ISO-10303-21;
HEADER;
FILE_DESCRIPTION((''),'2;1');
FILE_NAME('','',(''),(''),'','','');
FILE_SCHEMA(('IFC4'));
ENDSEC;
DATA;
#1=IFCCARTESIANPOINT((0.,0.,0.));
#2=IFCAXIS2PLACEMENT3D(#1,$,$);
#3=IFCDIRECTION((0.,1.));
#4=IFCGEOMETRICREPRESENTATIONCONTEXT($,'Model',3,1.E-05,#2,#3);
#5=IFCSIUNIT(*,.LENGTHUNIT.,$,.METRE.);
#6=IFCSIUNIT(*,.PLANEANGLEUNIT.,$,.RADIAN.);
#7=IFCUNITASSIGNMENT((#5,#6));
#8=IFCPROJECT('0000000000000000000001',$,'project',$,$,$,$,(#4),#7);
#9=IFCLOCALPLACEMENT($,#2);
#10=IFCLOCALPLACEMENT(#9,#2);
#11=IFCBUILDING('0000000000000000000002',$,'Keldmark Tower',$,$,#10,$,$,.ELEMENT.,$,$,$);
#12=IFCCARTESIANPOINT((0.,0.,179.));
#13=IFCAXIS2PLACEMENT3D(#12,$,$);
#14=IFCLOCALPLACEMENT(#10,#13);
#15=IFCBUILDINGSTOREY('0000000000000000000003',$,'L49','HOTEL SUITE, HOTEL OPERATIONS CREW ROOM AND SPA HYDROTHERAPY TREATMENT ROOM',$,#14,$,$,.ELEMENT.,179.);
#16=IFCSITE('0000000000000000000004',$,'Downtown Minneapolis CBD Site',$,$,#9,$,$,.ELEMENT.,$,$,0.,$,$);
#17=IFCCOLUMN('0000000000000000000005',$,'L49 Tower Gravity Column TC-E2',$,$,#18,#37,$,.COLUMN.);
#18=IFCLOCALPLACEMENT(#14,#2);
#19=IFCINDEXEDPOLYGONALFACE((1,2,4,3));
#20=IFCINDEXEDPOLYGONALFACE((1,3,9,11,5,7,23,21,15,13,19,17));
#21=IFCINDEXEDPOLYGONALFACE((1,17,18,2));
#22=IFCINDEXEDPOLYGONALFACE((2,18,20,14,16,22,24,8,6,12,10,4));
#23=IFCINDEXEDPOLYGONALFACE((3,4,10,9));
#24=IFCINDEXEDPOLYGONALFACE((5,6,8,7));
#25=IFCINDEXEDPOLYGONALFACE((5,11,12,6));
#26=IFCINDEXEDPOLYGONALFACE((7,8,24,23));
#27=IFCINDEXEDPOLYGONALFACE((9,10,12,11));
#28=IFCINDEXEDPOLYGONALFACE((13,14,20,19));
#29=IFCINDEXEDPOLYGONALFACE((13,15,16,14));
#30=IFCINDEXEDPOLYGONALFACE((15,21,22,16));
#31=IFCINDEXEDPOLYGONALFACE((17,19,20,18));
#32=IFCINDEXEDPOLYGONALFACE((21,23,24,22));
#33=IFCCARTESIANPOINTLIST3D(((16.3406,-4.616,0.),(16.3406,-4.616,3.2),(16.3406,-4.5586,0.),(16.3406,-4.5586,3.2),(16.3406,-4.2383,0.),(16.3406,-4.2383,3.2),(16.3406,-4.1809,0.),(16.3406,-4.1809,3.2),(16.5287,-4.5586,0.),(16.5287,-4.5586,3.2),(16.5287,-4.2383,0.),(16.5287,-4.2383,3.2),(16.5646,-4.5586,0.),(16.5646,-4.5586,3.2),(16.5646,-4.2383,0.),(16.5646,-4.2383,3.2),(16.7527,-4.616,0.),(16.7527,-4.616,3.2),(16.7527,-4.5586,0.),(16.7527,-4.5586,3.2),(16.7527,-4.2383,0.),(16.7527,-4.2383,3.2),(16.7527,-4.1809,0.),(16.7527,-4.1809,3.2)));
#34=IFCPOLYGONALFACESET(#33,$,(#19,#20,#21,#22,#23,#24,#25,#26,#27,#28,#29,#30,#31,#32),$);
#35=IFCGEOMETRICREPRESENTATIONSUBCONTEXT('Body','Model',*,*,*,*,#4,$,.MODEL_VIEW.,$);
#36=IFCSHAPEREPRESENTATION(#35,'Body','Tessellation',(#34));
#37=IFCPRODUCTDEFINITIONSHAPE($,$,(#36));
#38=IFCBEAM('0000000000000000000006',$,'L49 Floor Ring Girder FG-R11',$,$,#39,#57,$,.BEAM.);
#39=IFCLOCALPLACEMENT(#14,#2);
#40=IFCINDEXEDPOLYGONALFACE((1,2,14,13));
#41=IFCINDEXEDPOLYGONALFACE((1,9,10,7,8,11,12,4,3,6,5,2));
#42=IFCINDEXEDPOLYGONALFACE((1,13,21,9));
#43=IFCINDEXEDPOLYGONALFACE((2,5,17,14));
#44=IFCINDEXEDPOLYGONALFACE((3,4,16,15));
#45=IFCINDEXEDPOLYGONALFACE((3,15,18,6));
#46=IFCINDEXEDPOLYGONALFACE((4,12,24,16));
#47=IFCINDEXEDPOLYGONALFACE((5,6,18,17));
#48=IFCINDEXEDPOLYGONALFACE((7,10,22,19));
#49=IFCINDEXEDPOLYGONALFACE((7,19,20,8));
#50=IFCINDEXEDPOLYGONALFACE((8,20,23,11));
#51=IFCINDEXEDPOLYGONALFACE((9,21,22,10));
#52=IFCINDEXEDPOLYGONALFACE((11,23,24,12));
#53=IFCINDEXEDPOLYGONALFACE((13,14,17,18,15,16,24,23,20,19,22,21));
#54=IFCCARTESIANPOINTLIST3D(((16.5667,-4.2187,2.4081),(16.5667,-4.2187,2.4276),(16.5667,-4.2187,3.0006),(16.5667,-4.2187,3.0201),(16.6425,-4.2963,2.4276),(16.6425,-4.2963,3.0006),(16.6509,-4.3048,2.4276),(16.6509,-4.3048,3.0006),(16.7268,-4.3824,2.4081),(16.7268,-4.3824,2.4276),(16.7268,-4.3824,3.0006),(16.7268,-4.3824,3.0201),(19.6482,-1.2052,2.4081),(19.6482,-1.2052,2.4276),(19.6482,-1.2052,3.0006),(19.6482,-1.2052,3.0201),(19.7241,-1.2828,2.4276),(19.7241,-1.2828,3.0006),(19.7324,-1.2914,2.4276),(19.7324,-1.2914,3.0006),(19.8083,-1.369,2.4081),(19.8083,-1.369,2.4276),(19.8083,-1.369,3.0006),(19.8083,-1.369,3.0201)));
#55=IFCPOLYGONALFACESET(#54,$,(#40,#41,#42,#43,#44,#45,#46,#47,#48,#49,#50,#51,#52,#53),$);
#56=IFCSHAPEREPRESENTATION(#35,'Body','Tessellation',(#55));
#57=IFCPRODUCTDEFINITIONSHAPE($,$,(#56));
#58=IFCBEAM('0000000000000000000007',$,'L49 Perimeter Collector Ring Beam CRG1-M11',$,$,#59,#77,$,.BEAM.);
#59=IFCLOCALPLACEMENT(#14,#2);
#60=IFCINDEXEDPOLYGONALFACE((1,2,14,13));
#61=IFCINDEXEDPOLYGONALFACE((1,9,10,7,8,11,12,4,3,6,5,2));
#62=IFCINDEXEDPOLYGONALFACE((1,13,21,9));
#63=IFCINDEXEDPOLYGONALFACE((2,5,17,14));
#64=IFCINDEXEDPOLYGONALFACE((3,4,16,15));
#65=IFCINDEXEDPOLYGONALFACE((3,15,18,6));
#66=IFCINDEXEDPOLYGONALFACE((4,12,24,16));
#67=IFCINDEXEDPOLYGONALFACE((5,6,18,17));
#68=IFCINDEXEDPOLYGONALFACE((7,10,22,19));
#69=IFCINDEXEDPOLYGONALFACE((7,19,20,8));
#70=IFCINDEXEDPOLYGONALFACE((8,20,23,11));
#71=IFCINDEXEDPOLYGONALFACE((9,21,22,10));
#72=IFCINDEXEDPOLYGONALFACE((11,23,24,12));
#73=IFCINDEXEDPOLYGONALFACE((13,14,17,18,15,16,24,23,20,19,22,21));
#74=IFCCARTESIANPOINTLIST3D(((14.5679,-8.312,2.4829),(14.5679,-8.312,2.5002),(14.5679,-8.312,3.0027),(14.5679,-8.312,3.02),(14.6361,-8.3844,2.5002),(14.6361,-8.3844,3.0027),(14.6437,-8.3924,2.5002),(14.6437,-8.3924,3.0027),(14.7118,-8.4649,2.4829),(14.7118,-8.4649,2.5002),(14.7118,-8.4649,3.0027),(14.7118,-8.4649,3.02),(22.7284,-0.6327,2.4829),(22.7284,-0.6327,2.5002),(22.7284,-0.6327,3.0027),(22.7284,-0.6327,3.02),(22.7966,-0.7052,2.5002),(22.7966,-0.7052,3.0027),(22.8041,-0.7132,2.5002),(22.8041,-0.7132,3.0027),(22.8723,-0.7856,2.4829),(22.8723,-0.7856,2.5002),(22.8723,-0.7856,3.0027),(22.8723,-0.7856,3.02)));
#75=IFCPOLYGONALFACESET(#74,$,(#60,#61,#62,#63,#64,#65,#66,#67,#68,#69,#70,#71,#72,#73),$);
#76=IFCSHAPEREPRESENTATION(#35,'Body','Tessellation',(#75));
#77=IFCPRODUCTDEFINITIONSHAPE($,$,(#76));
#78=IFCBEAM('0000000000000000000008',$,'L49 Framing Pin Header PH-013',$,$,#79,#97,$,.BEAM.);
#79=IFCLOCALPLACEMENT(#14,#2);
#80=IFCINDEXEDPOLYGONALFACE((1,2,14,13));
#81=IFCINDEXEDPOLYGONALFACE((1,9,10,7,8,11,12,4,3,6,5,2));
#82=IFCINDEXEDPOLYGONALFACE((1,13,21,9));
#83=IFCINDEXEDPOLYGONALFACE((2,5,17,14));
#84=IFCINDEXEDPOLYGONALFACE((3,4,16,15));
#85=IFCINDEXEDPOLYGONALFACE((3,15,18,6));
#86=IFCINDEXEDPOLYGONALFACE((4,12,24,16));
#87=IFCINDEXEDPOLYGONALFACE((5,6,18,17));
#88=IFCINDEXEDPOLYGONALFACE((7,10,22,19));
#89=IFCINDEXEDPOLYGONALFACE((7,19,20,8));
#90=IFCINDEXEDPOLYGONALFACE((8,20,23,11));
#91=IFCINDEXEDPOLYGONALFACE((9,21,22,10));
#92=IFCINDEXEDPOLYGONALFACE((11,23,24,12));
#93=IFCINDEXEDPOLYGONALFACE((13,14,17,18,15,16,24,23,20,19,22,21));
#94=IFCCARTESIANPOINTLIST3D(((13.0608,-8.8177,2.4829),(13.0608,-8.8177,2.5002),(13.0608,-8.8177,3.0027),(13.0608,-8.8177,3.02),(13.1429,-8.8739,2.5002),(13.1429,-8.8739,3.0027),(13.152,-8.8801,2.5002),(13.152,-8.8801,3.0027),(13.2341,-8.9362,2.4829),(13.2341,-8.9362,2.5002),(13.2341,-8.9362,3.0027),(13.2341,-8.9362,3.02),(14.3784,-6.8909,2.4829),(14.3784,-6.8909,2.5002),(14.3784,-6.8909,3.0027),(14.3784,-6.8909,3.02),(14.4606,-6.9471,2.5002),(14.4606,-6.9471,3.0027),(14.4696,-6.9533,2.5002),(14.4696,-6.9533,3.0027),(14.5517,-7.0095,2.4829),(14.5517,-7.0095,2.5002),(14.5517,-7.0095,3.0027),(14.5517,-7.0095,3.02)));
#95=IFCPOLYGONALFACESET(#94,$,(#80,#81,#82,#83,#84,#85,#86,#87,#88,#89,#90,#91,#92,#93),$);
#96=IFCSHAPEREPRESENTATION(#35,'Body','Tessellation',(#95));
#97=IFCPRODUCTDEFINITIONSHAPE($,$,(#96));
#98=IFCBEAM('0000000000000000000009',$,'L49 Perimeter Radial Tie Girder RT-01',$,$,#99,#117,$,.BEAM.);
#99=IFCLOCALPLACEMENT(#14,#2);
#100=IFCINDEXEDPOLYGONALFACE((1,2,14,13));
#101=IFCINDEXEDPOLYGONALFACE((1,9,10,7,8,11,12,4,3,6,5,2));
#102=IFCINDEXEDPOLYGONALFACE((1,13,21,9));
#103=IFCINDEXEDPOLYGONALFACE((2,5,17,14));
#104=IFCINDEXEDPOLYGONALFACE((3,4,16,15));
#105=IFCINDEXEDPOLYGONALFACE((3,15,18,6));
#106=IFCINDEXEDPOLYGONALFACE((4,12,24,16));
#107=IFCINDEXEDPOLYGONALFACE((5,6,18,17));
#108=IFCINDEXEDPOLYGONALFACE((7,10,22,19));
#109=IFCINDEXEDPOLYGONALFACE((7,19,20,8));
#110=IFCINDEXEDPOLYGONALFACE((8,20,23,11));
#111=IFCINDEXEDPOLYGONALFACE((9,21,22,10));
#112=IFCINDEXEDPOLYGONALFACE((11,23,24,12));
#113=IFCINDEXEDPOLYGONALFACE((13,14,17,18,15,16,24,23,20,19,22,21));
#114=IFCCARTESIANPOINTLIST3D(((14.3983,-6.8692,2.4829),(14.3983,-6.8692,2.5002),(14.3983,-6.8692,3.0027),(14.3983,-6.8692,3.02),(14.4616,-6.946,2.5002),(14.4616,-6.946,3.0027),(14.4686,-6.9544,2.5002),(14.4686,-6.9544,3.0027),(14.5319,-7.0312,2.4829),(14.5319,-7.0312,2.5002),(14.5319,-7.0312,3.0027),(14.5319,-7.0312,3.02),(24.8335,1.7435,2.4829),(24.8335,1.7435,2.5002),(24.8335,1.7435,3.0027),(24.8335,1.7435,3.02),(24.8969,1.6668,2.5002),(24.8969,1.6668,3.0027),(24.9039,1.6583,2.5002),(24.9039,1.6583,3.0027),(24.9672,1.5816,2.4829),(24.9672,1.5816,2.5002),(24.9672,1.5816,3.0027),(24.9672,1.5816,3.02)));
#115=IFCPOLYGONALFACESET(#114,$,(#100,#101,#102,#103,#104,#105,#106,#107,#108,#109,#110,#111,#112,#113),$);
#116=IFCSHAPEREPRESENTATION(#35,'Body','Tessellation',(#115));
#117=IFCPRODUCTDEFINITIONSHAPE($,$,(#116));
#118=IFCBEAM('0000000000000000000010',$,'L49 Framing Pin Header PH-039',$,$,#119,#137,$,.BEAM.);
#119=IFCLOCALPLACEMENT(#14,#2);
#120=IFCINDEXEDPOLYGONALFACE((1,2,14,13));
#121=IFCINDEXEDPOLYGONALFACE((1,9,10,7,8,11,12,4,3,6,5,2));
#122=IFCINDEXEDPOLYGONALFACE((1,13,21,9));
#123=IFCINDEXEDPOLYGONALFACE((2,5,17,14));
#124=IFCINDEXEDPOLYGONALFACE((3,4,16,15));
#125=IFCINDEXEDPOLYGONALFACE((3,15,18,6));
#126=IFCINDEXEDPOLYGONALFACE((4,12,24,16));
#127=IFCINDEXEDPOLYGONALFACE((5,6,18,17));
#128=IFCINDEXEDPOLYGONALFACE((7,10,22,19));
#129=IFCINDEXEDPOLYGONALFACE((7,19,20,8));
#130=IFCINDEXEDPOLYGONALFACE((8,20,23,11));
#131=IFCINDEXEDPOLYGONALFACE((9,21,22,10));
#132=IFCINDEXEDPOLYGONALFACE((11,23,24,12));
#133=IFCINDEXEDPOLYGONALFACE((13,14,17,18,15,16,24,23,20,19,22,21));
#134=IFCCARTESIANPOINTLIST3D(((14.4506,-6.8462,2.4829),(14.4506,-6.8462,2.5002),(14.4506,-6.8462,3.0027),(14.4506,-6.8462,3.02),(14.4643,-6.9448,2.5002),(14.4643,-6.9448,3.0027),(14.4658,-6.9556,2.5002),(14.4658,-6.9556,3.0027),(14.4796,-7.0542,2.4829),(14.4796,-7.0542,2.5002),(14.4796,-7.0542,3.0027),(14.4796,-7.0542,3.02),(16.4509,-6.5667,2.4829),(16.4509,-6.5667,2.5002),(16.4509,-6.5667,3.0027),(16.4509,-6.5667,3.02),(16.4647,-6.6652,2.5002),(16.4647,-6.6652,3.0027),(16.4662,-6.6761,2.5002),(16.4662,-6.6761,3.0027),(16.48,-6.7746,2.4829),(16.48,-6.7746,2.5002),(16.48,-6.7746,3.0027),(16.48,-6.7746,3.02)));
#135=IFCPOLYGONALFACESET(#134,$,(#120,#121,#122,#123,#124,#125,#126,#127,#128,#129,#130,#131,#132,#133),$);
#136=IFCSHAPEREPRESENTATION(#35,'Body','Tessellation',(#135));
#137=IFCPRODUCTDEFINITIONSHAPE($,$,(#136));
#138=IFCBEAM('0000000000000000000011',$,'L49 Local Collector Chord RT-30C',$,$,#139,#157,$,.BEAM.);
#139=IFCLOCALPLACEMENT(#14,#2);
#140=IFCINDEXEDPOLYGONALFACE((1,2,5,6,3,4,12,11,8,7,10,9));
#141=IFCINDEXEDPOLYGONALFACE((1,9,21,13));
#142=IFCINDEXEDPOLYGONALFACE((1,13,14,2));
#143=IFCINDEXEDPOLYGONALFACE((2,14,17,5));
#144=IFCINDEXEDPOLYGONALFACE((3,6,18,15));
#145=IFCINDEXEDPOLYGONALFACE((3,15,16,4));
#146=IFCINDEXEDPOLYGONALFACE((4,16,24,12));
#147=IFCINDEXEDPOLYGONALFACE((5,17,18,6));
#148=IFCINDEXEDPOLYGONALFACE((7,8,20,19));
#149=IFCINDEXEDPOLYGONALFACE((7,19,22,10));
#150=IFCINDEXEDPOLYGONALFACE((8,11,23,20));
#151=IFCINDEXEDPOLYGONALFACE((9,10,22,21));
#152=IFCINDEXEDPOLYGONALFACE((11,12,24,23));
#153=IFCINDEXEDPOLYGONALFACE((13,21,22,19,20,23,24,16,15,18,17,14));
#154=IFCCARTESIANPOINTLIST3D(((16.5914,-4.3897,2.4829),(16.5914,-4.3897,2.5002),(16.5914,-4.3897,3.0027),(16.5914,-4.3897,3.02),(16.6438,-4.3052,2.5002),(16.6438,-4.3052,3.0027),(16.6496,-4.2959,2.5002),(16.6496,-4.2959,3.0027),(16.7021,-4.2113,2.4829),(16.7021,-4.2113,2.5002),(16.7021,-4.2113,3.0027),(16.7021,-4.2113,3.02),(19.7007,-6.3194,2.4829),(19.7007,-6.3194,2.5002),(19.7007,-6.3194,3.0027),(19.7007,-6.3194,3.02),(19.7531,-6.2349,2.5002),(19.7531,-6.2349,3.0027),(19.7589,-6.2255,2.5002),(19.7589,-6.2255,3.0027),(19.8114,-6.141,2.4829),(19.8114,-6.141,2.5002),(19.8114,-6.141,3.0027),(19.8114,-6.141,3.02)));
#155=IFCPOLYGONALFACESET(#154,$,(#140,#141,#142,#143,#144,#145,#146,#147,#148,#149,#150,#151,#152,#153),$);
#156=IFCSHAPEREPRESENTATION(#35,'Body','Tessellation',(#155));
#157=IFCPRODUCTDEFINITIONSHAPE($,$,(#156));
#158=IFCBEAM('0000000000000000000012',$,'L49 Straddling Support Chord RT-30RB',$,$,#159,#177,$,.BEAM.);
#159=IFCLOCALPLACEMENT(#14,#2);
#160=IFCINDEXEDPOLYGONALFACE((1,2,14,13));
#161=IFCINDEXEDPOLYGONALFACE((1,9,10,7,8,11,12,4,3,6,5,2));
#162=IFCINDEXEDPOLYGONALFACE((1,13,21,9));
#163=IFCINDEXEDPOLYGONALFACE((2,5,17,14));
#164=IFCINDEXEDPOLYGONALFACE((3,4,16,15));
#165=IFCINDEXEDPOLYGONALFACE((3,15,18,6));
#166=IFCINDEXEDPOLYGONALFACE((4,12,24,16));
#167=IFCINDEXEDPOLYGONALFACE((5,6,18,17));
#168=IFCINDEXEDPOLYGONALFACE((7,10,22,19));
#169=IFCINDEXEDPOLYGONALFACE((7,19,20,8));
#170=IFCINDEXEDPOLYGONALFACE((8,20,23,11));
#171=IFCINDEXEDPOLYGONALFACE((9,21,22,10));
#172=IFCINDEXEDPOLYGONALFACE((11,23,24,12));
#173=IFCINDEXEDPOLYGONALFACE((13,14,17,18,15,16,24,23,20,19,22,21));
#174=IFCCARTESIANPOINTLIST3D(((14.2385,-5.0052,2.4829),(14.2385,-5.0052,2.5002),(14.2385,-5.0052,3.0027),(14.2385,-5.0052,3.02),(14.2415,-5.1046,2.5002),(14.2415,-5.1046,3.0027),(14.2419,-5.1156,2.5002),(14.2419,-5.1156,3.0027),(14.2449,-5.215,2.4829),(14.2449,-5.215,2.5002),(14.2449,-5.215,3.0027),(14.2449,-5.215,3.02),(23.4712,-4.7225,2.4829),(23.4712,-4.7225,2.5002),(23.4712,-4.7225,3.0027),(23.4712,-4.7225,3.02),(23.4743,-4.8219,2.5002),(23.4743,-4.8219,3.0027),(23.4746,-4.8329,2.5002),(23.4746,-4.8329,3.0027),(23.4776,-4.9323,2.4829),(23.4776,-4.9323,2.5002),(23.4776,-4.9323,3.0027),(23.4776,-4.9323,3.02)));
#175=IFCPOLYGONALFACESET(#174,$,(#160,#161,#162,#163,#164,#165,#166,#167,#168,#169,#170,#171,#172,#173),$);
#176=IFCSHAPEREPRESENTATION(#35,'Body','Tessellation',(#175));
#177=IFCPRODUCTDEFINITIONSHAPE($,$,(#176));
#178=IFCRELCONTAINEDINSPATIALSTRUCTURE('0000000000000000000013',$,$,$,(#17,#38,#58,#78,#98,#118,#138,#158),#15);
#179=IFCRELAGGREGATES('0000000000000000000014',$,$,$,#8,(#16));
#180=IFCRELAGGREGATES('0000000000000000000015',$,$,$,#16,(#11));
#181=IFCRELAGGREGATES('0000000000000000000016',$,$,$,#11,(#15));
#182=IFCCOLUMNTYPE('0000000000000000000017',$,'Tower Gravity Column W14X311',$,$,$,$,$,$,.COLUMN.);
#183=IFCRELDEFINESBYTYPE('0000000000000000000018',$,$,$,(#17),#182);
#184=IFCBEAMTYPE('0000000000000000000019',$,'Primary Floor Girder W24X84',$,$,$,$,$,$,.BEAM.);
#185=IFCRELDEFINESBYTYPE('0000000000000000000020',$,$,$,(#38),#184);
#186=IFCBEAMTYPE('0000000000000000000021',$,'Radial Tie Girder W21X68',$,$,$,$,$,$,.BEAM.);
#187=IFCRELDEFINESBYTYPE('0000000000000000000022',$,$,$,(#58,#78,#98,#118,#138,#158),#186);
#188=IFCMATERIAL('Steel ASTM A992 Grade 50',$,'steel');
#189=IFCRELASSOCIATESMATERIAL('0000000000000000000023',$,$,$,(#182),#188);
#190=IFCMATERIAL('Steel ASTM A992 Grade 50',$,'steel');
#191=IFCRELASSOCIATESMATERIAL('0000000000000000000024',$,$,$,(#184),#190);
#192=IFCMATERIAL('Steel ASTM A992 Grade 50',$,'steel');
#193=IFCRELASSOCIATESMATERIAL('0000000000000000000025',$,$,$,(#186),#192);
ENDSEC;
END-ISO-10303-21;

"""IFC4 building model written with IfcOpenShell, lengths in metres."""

from ifc_helpers import new_model, si_unit, direction, frame, origin, origin_2d, place, context, subcontext, project, spatial, i_section, extrude, material, material_profile, profile_set, type_object, element, save


model = new_model("IFC4")

# Units and contexts
model_context = context("Model", 3, precision=1e-05, world=origin(), true_north=direction((0.0, 1.0)))
body_context = subcontext(model_context, "Body", "Model", "MODEL_VIEW")
ifc_project = project(units=[si_unit("LENGTHUNIT", "METRE"), si_unit("PLANEANGLEUNIT", "RADIAN")], contexts=[model_context])

# Site, building, storey
site_placement = place(None, origin())
site = spatial("IfcSite", under=ifc_project, at=site_placement, Name="Downtown Minneapolis CBD Site", CompositionType="ELEMENT", RefElevation=0.0)
building_placement = place(site_placement, origin())
building = spatial("IfcBuilding", under=site, at=building_placement, Name="Keldmark Tower", CompositionType="ELEMENT")
storey_placement = place(building_placement, frame((0.0, 0.0, 179.0)))
storey = spatial("IfcBuildingStorey", under=building, at=storey_placement, Name="L49", Description="HOTEL SUITE, HOTEL OPERATIONS CREW ROOM AND SPA HYDROTHERAPY TREATMENT ROOM", CompositionType="ELEMENT", Elevation=179.0)

# Column
ifc_material_1 = material(Name="Steel ASTM A992 Grade 50", Category="steel")
ifc_material_profile_1 = material_profile(ifc_material_1, i_section(OverallWidth=0.4121, OverallDepth=0.4351, WebThickness=0.0359, FlangeThickness=0.0574, at=origin_2d()), Name="W14X311")
ifc_profile_set_1 = profile_set([ifc_material_profile_1], Name="Steel ASTM A992 Grade 50")
column_type = type_object("IfcColumnType", Name="Tower Gravity Column W14X311", PredefinedType="COLUMN", material=ifc_profile_set_1)
column_placement = place(storey_placement, frame((16.5466, -4.3984, 0.0), z_axis=(0.0, 0.0, 1.0), x_axis=(1.0, 0.0, 0.0)))
element("IfcColumn", 1, at=column_placement, inside=storey, type_object=column_type, Name="L49 Tower Gravity Column TC-E2", PredefinedType="COLUMN", context=body_context, shape_type="SweptSolid", body=[
    extrude(i_section(OverallWidth=0.4121, OverallDepth=0.4351, WebThickness=0.0359, FlangeThickness=0.0574, at=origin_2d()), origin(), (0.0, 0.0, 1.0), 3.2),
])

# Beams
ifc_material_2 = material(Name="Steel ASTM A992 Grade 50", Category="steel")
ifc_material_profile_2 = material_profile(ifc_material_2, i_section(OverallWidth=0.229, OverallDepth=0.6121, WebThickness=0.012, FlangeThickness=0.0195, at=origin_2d()), Name="W24X84")
ifc_profile_set_2 = profile_set([ifc_material_profile_2], Name="Steel ASTM A992 Grade 50")
beam_type_1 = type_object("IfcBeamType", Name="Primary Floor Girder W24X84", PredefinedType="BEAM", material=ifc_profile_set_2)
beam_1_placement = place(storey_placement, frame((16.6467, -4.3005, 2.7141), z_axis=(0.714965, 0.699161, 0.0), x_axis=(-0.699161, 0.714965, 0.0)))
element("IfcBeam", 2, at=beam_1_placement, inside=storey, type_object=beam_type_1, Name="L49 Floor Ring Girder FG-R11", PredefinedType="BEAM", context=body_context, shape_type="SweptSolid", body=[
    extrude(i_section(OverallWidth=0.229, OverallDepth=0.6121, WebThickness=0.012, FlangeThickness=0.0195, at=origin_2d()), origin(), (0.0, 0.0, 1.0), 4.3101),
])
ifc_material_3 = material(Name="Steel ASTM A992 Grade 50", Category="steel")
ifc_material_profile_3 = material_profile(ifc_material_3, i_section(OverallWidth=0.21, OverallDepth=0.5371, WebThickness=0.011, FlangeThickness=0.0173, at=origin_2d()), Name="W21X68")
ifc_profile_set_3 = profile_set([ifc_material_profile_3], Name="Steel ASTM A992 Grade 50")
beam_type_2 = type_object("IfcBeamType", Name="Radial Tie Girder W21X68", PredefinedType="BEAM", material=ifc_profile_set_3)
beam_2_placement = place(storey_placement, frame((14.6399, -8.3884, 2.7515), z_axis=(0.728252, 0.685309, 0.0), x_axis=(-0.685309, 0.728252, 0.0)))
element("IfcBeam", 3, at=beam_2_placement, inside=storey, type_object=beam_type_2, Name="L49 Perimeter Collector Ring Beam CRG1-M11", PredefinedType="BEAM", context=body_context, shape_type="SweptSolid", body=[
    extrude(i_section(OverallWidth=0.21, OverallDepth=0.5371, WebThickness=0.011, FlangeThickness=0.0173, at=origin_2d()), origin(), (0.0, 0.0, 1.0), 11.2056),
])
beam_3_placement = place(storey_placement, frame((14.4651, -6.9502, 2.7515), z_axis=(-0.564485, -0.825443, 0.0), x_axis=(0.825443, -0.564485, 0.0)))
element("IfcBeam", 4, at=beam_3_placement, inside=storey, type_object=beam_type_2, Name="L49 Framing Pin Header PH-013", PredefinedType="BEAM", context=body_context, shape_type="SweptSolid", body=[
    extrude(i_section(OverallWidth=0.21, OverallDepth=0.5371, WebThickness=0.011, FlangeThickness=0.0173, at=origin_2d()), origin(), (0.0, 0.0, 1.0), 2.3342),
])
beam_4_placement = place(storey_placement, frame((14.4651, -6.9502, 2.7515), z_axis=(0.77124, 0.636544, 0.0), x_axis=(-0.636544, 0.77124, 0.0)))
element("IfcBeam", 5, at=beam_4_placement, inside=storey, type_object=beam_type_2, Name="L49 Perimeter Radial Tie Girder RT-01", PredefinedType="BEAM", context=body_context, shape_type="SweptSolid", body=[
    extrude(i_section(OverallWidth=0.21, OverallDepth=0.5371, WebThickness=0.011, FlangeThickness=0.0173, at=origin_2d()), origin(), (0.0, 0.0, 1.0), 13.5305),
])
beam_5_placement = place(storey_placement, frame((14.4651, -6.9502, 2.7515), z_axis=(0.990375, 0.138408, 0.0), x_axis=(-0.138408, 0.990375, 0.0)))
element("IfcBeam", 6, at=beam_5_placement, inside=storey, type_object=beam_type_2, Name="L49 Framing Pin Header PH-039", PredefinedType="BEAM", context=body_context, shape_type="SweptSolid", body=[
    extrude(i_section(OverallWidth=0.21, OverallDepth=0.5371, WebThickness=0.011, FlangeThickness=0.0173, at=origin_2d()), origin(), (0.0, 0.0, 1.0), 2.0198),
])
beam_6_placement = place(storey_placement, frame((16.6467, -4.3005, 2.7515), z_axis=(0.849673, -0.52731, 0.0), x_axis=(0.52731, 0.849673, 0.0)))
element("IfcBeam", 7, at=beam_6_placement, inside=storey, type_object=beam_type_2, Name="L49 Local Collector Chord RT-30C", PredefinedType="BEAM", context=body_context, shape_type="SweptSolid", body=[
    extrude(i_section(OverallWidth=0.21, OverallDepth=0.5371, WebThickness=0.011, FlangeThickness=0.0173, at=origin_2d()), origin(), (0.0, 0.0, 1.0), 3.6594),
])
beam_7_placement = place(storey_placement, frame((14.2417, -5.1101, 2.7515), z_axis=(0.999532, 0.030607, 0.0), x_axis=(-0.030607, 0.999532, 0.0)))
element("IfcBeam", 8, at=beam_7_placement, inside=storey, type_object=beam_type_2, Name="L49 Straddling Support Chord RT-30RB", PredefinedType="BEAM", context=body_context, shape_type="SweptSolid", body=[
    extrude(i_section(OverallWidth=0.21, OverallDepth=0.5371, WebThickness=0.011, FlangeThickness=0.0173, at=origin_2d()), origin(), (0.0, 0.0, 1.0), 9.2371),
])

save(model, "model.ifc")
